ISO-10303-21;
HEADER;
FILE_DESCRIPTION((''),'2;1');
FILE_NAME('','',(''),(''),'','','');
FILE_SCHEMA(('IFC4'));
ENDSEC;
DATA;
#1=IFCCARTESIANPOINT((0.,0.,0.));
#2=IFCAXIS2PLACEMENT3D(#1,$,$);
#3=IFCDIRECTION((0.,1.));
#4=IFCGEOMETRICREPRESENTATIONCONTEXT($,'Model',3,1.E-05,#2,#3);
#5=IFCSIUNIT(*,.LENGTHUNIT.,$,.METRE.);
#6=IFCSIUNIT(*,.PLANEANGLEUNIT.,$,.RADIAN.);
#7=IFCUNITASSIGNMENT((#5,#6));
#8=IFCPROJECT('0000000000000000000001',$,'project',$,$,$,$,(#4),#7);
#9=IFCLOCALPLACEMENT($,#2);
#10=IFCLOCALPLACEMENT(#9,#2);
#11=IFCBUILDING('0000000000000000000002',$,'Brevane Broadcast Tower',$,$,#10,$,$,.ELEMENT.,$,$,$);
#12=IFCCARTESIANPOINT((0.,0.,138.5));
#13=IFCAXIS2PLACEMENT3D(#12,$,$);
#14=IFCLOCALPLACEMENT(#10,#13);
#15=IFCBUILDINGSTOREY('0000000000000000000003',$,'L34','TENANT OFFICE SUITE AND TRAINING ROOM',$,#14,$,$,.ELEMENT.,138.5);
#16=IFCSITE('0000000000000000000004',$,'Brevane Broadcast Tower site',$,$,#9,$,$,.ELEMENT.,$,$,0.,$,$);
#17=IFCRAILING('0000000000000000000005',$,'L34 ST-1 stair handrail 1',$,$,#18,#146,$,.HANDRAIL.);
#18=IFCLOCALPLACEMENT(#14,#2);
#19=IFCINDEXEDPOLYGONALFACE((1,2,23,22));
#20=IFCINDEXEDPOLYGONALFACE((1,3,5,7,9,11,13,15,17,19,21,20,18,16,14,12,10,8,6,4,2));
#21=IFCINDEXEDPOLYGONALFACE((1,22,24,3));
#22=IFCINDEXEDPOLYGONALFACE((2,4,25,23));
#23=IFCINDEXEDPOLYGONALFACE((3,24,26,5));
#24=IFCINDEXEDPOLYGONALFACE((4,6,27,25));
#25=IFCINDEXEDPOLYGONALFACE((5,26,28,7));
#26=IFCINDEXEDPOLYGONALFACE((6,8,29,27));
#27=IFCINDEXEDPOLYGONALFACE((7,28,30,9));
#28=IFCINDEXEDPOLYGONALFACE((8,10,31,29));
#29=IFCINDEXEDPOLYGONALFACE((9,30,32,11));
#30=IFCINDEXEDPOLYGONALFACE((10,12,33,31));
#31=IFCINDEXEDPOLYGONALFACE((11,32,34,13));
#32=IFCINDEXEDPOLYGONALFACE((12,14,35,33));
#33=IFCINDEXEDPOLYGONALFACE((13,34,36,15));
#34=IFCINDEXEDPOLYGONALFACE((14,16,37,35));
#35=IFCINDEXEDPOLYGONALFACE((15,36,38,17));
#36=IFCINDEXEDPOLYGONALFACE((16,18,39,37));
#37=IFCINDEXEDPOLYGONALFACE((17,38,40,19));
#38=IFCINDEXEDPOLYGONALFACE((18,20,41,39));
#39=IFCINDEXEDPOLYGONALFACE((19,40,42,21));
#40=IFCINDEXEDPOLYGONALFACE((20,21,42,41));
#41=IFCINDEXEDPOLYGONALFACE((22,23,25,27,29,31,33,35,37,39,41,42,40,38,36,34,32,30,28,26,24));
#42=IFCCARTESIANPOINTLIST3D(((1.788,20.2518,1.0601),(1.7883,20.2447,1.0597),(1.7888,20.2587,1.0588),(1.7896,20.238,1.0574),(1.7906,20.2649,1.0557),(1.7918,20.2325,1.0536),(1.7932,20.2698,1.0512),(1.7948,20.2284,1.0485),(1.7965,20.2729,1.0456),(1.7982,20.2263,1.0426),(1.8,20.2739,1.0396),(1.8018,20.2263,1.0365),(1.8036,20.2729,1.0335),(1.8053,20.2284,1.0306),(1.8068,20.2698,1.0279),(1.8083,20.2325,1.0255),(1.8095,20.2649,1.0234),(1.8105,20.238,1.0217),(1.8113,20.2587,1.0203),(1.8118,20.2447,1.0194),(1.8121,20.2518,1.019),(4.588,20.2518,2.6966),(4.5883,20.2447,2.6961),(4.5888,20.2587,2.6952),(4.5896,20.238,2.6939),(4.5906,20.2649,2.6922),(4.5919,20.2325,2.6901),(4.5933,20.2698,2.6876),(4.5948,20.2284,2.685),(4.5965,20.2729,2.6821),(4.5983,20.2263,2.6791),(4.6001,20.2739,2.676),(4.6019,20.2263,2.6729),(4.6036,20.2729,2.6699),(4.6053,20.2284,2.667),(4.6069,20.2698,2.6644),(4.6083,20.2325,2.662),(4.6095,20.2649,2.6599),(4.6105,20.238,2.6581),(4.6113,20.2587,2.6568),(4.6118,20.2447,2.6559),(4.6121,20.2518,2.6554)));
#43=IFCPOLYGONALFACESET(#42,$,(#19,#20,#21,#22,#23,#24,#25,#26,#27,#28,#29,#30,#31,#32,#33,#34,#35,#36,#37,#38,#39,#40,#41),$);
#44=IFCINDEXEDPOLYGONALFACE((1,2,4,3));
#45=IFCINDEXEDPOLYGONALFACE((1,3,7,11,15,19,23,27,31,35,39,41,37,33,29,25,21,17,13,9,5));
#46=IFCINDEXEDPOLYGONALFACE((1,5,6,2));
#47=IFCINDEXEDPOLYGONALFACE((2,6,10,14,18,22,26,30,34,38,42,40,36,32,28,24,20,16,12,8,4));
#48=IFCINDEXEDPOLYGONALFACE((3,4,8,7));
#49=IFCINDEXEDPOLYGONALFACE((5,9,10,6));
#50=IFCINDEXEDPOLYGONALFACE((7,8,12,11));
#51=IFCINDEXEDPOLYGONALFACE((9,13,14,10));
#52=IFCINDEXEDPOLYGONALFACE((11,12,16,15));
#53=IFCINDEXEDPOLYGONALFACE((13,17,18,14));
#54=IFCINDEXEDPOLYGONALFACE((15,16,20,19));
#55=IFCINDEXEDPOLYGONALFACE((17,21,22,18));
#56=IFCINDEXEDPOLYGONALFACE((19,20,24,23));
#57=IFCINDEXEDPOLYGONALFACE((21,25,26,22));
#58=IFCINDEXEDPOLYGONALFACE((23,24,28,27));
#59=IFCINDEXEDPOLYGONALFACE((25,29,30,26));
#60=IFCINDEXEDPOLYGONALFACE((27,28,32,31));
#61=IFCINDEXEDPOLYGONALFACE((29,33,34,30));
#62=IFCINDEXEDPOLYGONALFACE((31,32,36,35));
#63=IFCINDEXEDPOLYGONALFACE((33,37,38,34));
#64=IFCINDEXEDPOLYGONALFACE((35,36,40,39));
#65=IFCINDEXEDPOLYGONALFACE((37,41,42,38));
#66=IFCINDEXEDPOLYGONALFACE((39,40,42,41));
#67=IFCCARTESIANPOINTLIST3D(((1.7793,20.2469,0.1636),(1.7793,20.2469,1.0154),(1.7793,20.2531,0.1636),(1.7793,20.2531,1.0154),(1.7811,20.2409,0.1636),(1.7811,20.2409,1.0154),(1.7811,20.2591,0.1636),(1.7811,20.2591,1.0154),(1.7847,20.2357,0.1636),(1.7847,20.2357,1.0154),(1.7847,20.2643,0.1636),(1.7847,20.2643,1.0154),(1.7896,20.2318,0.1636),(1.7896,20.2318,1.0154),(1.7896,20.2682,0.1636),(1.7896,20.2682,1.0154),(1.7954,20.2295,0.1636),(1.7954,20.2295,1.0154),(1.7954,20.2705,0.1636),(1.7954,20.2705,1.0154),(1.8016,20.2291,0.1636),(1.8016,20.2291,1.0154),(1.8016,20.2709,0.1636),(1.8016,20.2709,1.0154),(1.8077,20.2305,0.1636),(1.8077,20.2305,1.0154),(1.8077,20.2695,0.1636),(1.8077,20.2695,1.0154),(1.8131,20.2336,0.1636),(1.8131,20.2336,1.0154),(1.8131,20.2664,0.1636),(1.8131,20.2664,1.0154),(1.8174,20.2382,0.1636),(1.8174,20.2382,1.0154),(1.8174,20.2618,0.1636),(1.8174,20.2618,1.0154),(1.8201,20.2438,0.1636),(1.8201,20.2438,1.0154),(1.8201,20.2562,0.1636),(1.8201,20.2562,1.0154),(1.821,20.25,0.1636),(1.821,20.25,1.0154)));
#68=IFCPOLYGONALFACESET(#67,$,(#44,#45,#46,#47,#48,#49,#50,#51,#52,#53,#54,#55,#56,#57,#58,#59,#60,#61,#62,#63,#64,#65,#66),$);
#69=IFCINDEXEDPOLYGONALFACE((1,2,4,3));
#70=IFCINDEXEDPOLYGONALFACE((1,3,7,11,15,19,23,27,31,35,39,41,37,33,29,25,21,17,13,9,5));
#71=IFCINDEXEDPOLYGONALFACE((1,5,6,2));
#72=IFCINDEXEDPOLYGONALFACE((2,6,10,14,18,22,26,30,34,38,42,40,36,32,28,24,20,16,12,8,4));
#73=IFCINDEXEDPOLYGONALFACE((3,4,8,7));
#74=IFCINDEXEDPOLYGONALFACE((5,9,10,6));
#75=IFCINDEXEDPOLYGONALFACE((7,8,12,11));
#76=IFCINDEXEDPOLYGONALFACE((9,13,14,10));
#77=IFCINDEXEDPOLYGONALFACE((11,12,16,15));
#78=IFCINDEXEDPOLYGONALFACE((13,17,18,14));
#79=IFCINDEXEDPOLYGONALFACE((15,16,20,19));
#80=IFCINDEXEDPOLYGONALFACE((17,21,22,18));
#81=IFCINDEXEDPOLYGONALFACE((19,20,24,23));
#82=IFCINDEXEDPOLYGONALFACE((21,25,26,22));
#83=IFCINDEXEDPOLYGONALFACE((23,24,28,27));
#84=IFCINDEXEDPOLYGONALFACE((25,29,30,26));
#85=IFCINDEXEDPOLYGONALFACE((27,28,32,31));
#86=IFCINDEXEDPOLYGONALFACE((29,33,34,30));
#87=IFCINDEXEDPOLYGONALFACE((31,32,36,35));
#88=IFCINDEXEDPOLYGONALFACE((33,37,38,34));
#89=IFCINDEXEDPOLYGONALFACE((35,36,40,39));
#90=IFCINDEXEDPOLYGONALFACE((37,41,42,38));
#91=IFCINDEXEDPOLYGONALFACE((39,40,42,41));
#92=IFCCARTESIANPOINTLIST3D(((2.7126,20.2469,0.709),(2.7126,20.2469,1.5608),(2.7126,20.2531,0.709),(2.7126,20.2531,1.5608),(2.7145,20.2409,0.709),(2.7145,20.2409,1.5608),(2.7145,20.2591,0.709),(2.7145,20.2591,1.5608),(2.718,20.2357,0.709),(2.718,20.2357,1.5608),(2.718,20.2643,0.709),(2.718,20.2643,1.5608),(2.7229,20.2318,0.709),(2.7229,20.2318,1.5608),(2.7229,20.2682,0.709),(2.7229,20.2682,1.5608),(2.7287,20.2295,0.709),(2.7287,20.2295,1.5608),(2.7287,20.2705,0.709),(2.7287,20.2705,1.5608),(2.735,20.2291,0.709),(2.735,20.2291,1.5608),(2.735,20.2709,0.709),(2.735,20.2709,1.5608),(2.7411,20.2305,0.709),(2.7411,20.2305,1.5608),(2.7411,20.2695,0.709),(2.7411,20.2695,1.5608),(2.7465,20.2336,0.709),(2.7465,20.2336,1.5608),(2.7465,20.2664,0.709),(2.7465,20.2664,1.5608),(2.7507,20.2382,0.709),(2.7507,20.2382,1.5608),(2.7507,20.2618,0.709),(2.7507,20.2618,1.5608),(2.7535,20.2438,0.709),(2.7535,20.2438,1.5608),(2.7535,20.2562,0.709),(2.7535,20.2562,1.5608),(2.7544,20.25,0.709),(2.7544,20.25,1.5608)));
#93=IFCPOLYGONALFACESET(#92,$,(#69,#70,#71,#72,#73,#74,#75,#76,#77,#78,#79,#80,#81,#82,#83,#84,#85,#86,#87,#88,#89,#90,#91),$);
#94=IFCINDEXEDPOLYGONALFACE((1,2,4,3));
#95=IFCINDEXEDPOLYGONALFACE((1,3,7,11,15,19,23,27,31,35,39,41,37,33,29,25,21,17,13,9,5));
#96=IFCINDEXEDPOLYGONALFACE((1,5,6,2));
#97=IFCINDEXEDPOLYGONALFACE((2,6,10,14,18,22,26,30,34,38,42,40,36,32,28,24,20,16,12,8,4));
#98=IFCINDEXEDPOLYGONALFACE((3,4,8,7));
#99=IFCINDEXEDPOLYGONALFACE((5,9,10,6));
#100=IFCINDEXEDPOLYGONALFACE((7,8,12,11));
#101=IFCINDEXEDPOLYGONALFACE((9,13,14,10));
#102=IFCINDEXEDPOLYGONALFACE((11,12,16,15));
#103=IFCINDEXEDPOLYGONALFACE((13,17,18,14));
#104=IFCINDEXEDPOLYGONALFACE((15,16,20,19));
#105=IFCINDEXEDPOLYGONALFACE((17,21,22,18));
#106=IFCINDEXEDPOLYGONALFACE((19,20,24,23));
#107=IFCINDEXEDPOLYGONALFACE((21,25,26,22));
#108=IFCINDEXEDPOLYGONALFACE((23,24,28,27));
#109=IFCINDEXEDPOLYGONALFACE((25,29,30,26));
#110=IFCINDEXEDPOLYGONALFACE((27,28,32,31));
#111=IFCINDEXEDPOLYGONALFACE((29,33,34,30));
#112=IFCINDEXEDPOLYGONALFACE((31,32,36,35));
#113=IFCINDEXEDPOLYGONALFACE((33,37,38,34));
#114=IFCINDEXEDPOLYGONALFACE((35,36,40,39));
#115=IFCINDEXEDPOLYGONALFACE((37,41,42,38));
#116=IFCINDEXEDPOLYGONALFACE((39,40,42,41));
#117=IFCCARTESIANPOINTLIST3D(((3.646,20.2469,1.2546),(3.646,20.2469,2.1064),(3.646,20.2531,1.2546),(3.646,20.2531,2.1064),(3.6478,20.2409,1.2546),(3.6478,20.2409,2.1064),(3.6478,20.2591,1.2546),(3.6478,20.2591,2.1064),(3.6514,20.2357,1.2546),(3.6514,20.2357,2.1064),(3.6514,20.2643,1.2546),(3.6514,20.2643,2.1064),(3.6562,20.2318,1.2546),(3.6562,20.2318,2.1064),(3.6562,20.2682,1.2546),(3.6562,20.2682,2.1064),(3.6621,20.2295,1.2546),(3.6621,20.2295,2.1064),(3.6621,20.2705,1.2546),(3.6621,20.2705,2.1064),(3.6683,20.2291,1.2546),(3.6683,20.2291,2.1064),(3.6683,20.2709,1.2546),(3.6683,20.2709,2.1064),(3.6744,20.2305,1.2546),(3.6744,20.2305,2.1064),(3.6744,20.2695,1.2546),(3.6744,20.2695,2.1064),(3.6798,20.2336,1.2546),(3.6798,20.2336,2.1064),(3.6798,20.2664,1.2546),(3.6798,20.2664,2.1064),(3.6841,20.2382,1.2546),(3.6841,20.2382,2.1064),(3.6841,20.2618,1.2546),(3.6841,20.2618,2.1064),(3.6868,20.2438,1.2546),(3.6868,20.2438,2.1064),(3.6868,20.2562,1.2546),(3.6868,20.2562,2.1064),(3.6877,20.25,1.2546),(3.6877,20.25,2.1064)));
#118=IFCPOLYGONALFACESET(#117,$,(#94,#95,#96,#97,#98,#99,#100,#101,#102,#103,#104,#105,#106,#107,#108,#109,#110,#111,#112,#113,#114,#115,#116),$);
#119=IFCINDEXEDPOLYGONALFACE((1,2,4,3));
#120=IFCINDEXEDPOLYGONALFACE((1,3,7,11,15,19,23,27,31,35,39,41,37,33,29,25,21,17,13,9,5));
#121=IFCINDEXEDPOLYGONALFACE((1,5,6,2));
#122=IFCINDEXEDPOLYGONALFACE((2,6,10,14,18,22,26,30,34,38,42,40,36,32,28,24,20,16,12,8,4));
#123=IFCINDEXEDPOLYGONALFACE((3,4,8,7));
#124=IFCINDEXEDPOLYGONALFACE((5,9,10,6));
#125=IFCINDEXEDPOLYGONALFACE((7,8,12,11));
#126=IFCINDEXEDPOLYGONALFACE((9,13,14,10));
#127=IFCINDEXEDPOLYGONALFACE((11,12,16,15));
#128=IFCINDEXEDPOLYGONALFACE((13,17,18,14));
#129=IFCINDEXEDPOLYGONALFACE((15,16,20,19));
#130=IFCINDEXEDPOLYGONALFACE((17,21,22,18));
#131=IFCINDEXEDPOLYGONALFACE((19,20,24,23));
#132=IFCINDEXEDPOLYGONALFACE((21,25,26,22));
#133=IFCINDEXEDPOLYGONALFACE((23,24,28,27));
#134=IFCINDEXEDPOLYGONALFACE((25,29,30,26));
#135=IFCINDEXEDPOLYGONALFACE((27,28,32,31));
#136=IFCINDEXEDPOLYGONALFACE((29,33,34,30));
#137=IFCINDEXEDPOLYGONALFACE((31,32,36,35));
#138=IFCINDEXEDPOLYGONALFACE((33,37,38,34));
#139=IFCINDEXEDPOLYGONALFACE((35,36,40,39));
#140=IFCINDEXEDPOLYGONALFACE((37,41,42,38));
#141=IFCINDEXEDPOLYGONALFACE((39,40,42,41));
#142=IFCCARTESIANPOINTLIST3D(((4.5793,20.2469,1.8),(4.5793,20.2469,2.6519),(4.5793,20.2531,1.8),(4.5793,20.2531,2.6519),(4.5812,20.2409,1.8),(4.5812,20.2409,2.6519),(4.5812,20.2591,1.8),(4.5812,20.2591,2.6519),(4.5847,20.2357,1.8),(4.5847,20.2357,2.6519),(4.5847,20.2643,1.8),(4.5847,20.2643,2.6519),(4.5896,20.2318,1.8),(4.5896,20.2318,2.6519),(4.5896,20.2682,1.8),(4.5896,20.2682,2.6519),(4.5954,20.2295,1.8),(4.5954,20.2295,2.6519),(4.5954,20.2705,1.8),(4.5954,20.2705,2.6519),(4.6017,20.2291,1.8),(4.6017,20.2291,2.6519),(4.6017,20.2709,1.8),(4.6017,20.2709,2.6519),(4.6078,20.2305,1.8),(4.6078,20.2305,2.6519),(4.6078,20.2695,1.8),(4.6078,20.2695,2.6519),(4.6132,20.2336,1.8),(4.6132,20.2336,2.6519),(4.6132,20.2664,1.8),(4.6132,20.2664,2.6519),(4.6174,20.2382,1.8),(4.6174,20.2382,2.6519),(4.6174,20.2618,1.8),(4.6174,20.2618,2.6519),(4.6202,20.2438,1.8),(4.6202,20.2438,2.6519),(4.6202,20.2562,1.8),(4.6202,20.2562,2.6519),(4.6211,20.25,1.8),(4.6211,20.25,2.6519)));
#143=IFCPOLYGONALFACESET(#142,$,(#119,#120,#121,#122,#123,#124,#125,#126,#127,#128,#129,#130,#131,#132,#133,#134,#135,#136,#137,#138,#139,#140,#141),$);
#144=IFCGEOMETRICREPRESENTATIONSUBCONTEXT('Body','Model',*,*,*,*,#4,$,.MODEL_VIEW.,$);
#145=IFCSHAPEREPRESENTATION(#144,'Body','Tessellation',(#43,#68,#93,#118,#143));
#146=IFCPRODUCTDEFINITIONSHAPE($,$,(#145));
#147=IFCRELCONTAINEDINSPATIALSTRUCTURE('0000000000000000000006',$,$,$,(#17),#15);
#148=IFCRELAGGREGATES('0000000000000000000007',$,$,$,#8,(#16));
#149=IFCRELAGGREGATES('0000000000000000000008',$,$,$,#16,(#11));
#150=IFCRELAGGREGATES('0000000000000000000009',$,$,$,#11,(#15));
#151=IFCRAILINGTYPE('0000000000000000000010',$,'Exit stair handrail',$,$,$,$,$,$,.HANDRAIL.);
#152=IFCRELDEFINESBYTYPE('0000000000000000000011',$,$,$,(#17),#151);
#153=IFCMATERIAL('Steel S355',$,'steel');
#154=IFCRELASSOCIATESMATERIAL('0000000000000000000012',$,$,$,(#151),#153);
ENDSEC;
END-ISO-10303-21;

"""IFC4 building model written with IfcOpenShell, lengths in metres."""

from ifc_helpers import new_model, si_unit, direction, frame, origin, origin_2d, place, context, subcontext, project, spatial, circle, extrude, material, type_object, element, save


model = new_model("IFC4")

# Units and contexts
model_context = context("Model", 3, precision=1e-05, world=origin(), true_north=direction((0.0, 1.0)))
body_context = subcontext(model_context, "Body", "Model", "MODEL_VIEW")
ifc_project = project(units=[si_unit("LENGTHUNIT", "METRE"), si_unit("PLANEANGLEUNIT", "RADIAN")], contexts=[model_context])

# Site, building, storey
site_placement = place(None, origin())
site = spatial("IfcSite", under=ifc_project, at=site_placement, Name="Brevane Broadcast Tower site", CompositionType="ELEMENT", RefElevation=0.0)
building_placement = place(site_placement, origin())
building = spatial("IfcBuilding", under=site, at=building_placement, Name="Brevane Broadcast Tower", CompositionType="ELEMENT")
storey_placement = place(building_placement, frame((0.0, 0.0, 138.5)))
storey = spatial("IfcBuildingStorey", under=building, at=storey_placement, Name="L34", Description="TENANT OFFICE SUITE AND TRAINING ROOM", CompositionType="ELEMENT", Elevation=138.5)

# Railing
ifc_material_1 = material(Name="Steel S355", Category="steel")
railing_type_1 = type_object("IfcRailingType", Name="Exit stair handrail", PredefinedType="HANDRAIL", material=ifc_material_1)
railing_1_placement = place(storey_placement, frame((1.8, 20.25, 0.1636)))
element("IfcRailing", 1, at=railing_1_placement, inside=storey, type_object=railing_type_1, Name="L34 ST-1 stair handrail 1", PredefinedType="HANDRAIL", context=body_context, shape_type="SweptSolid", body=[
    extrude(circle(Radius=0.0239, at=origin_2d()), frame((0.0, 0.0, 0.876), z_axis=(0.863361, 0.0, 0.504587), x_axis=(0.0, 1.0, 0.0)), (0.0, 0.0, 1.0), 3.2432),
    extrude(circle(Radius=0.021, at=origin_2d()), origin(), (0.0, 0.0, 1.0), 0.8518),
    extrude(circle(Radius=0.021, at=origin_2d()), frame((0.9333, 0.0, 0.5454)), (0.0, 0.0, 1.0), 0.8518),
    extrude(circle(Radius=0.021, at=origin_2d()), frame((1.8667, 0.0, 1.0911)), (0.0, 0.0, 1.0), 0.8518),
    extrude(circle(Radius=0.021, at=origin_2d()), frame((2.8, 0.0, 1.6365)), (0.0, 0.0, 1.0), 0.8518),
])

save(model, "model.ifc")
